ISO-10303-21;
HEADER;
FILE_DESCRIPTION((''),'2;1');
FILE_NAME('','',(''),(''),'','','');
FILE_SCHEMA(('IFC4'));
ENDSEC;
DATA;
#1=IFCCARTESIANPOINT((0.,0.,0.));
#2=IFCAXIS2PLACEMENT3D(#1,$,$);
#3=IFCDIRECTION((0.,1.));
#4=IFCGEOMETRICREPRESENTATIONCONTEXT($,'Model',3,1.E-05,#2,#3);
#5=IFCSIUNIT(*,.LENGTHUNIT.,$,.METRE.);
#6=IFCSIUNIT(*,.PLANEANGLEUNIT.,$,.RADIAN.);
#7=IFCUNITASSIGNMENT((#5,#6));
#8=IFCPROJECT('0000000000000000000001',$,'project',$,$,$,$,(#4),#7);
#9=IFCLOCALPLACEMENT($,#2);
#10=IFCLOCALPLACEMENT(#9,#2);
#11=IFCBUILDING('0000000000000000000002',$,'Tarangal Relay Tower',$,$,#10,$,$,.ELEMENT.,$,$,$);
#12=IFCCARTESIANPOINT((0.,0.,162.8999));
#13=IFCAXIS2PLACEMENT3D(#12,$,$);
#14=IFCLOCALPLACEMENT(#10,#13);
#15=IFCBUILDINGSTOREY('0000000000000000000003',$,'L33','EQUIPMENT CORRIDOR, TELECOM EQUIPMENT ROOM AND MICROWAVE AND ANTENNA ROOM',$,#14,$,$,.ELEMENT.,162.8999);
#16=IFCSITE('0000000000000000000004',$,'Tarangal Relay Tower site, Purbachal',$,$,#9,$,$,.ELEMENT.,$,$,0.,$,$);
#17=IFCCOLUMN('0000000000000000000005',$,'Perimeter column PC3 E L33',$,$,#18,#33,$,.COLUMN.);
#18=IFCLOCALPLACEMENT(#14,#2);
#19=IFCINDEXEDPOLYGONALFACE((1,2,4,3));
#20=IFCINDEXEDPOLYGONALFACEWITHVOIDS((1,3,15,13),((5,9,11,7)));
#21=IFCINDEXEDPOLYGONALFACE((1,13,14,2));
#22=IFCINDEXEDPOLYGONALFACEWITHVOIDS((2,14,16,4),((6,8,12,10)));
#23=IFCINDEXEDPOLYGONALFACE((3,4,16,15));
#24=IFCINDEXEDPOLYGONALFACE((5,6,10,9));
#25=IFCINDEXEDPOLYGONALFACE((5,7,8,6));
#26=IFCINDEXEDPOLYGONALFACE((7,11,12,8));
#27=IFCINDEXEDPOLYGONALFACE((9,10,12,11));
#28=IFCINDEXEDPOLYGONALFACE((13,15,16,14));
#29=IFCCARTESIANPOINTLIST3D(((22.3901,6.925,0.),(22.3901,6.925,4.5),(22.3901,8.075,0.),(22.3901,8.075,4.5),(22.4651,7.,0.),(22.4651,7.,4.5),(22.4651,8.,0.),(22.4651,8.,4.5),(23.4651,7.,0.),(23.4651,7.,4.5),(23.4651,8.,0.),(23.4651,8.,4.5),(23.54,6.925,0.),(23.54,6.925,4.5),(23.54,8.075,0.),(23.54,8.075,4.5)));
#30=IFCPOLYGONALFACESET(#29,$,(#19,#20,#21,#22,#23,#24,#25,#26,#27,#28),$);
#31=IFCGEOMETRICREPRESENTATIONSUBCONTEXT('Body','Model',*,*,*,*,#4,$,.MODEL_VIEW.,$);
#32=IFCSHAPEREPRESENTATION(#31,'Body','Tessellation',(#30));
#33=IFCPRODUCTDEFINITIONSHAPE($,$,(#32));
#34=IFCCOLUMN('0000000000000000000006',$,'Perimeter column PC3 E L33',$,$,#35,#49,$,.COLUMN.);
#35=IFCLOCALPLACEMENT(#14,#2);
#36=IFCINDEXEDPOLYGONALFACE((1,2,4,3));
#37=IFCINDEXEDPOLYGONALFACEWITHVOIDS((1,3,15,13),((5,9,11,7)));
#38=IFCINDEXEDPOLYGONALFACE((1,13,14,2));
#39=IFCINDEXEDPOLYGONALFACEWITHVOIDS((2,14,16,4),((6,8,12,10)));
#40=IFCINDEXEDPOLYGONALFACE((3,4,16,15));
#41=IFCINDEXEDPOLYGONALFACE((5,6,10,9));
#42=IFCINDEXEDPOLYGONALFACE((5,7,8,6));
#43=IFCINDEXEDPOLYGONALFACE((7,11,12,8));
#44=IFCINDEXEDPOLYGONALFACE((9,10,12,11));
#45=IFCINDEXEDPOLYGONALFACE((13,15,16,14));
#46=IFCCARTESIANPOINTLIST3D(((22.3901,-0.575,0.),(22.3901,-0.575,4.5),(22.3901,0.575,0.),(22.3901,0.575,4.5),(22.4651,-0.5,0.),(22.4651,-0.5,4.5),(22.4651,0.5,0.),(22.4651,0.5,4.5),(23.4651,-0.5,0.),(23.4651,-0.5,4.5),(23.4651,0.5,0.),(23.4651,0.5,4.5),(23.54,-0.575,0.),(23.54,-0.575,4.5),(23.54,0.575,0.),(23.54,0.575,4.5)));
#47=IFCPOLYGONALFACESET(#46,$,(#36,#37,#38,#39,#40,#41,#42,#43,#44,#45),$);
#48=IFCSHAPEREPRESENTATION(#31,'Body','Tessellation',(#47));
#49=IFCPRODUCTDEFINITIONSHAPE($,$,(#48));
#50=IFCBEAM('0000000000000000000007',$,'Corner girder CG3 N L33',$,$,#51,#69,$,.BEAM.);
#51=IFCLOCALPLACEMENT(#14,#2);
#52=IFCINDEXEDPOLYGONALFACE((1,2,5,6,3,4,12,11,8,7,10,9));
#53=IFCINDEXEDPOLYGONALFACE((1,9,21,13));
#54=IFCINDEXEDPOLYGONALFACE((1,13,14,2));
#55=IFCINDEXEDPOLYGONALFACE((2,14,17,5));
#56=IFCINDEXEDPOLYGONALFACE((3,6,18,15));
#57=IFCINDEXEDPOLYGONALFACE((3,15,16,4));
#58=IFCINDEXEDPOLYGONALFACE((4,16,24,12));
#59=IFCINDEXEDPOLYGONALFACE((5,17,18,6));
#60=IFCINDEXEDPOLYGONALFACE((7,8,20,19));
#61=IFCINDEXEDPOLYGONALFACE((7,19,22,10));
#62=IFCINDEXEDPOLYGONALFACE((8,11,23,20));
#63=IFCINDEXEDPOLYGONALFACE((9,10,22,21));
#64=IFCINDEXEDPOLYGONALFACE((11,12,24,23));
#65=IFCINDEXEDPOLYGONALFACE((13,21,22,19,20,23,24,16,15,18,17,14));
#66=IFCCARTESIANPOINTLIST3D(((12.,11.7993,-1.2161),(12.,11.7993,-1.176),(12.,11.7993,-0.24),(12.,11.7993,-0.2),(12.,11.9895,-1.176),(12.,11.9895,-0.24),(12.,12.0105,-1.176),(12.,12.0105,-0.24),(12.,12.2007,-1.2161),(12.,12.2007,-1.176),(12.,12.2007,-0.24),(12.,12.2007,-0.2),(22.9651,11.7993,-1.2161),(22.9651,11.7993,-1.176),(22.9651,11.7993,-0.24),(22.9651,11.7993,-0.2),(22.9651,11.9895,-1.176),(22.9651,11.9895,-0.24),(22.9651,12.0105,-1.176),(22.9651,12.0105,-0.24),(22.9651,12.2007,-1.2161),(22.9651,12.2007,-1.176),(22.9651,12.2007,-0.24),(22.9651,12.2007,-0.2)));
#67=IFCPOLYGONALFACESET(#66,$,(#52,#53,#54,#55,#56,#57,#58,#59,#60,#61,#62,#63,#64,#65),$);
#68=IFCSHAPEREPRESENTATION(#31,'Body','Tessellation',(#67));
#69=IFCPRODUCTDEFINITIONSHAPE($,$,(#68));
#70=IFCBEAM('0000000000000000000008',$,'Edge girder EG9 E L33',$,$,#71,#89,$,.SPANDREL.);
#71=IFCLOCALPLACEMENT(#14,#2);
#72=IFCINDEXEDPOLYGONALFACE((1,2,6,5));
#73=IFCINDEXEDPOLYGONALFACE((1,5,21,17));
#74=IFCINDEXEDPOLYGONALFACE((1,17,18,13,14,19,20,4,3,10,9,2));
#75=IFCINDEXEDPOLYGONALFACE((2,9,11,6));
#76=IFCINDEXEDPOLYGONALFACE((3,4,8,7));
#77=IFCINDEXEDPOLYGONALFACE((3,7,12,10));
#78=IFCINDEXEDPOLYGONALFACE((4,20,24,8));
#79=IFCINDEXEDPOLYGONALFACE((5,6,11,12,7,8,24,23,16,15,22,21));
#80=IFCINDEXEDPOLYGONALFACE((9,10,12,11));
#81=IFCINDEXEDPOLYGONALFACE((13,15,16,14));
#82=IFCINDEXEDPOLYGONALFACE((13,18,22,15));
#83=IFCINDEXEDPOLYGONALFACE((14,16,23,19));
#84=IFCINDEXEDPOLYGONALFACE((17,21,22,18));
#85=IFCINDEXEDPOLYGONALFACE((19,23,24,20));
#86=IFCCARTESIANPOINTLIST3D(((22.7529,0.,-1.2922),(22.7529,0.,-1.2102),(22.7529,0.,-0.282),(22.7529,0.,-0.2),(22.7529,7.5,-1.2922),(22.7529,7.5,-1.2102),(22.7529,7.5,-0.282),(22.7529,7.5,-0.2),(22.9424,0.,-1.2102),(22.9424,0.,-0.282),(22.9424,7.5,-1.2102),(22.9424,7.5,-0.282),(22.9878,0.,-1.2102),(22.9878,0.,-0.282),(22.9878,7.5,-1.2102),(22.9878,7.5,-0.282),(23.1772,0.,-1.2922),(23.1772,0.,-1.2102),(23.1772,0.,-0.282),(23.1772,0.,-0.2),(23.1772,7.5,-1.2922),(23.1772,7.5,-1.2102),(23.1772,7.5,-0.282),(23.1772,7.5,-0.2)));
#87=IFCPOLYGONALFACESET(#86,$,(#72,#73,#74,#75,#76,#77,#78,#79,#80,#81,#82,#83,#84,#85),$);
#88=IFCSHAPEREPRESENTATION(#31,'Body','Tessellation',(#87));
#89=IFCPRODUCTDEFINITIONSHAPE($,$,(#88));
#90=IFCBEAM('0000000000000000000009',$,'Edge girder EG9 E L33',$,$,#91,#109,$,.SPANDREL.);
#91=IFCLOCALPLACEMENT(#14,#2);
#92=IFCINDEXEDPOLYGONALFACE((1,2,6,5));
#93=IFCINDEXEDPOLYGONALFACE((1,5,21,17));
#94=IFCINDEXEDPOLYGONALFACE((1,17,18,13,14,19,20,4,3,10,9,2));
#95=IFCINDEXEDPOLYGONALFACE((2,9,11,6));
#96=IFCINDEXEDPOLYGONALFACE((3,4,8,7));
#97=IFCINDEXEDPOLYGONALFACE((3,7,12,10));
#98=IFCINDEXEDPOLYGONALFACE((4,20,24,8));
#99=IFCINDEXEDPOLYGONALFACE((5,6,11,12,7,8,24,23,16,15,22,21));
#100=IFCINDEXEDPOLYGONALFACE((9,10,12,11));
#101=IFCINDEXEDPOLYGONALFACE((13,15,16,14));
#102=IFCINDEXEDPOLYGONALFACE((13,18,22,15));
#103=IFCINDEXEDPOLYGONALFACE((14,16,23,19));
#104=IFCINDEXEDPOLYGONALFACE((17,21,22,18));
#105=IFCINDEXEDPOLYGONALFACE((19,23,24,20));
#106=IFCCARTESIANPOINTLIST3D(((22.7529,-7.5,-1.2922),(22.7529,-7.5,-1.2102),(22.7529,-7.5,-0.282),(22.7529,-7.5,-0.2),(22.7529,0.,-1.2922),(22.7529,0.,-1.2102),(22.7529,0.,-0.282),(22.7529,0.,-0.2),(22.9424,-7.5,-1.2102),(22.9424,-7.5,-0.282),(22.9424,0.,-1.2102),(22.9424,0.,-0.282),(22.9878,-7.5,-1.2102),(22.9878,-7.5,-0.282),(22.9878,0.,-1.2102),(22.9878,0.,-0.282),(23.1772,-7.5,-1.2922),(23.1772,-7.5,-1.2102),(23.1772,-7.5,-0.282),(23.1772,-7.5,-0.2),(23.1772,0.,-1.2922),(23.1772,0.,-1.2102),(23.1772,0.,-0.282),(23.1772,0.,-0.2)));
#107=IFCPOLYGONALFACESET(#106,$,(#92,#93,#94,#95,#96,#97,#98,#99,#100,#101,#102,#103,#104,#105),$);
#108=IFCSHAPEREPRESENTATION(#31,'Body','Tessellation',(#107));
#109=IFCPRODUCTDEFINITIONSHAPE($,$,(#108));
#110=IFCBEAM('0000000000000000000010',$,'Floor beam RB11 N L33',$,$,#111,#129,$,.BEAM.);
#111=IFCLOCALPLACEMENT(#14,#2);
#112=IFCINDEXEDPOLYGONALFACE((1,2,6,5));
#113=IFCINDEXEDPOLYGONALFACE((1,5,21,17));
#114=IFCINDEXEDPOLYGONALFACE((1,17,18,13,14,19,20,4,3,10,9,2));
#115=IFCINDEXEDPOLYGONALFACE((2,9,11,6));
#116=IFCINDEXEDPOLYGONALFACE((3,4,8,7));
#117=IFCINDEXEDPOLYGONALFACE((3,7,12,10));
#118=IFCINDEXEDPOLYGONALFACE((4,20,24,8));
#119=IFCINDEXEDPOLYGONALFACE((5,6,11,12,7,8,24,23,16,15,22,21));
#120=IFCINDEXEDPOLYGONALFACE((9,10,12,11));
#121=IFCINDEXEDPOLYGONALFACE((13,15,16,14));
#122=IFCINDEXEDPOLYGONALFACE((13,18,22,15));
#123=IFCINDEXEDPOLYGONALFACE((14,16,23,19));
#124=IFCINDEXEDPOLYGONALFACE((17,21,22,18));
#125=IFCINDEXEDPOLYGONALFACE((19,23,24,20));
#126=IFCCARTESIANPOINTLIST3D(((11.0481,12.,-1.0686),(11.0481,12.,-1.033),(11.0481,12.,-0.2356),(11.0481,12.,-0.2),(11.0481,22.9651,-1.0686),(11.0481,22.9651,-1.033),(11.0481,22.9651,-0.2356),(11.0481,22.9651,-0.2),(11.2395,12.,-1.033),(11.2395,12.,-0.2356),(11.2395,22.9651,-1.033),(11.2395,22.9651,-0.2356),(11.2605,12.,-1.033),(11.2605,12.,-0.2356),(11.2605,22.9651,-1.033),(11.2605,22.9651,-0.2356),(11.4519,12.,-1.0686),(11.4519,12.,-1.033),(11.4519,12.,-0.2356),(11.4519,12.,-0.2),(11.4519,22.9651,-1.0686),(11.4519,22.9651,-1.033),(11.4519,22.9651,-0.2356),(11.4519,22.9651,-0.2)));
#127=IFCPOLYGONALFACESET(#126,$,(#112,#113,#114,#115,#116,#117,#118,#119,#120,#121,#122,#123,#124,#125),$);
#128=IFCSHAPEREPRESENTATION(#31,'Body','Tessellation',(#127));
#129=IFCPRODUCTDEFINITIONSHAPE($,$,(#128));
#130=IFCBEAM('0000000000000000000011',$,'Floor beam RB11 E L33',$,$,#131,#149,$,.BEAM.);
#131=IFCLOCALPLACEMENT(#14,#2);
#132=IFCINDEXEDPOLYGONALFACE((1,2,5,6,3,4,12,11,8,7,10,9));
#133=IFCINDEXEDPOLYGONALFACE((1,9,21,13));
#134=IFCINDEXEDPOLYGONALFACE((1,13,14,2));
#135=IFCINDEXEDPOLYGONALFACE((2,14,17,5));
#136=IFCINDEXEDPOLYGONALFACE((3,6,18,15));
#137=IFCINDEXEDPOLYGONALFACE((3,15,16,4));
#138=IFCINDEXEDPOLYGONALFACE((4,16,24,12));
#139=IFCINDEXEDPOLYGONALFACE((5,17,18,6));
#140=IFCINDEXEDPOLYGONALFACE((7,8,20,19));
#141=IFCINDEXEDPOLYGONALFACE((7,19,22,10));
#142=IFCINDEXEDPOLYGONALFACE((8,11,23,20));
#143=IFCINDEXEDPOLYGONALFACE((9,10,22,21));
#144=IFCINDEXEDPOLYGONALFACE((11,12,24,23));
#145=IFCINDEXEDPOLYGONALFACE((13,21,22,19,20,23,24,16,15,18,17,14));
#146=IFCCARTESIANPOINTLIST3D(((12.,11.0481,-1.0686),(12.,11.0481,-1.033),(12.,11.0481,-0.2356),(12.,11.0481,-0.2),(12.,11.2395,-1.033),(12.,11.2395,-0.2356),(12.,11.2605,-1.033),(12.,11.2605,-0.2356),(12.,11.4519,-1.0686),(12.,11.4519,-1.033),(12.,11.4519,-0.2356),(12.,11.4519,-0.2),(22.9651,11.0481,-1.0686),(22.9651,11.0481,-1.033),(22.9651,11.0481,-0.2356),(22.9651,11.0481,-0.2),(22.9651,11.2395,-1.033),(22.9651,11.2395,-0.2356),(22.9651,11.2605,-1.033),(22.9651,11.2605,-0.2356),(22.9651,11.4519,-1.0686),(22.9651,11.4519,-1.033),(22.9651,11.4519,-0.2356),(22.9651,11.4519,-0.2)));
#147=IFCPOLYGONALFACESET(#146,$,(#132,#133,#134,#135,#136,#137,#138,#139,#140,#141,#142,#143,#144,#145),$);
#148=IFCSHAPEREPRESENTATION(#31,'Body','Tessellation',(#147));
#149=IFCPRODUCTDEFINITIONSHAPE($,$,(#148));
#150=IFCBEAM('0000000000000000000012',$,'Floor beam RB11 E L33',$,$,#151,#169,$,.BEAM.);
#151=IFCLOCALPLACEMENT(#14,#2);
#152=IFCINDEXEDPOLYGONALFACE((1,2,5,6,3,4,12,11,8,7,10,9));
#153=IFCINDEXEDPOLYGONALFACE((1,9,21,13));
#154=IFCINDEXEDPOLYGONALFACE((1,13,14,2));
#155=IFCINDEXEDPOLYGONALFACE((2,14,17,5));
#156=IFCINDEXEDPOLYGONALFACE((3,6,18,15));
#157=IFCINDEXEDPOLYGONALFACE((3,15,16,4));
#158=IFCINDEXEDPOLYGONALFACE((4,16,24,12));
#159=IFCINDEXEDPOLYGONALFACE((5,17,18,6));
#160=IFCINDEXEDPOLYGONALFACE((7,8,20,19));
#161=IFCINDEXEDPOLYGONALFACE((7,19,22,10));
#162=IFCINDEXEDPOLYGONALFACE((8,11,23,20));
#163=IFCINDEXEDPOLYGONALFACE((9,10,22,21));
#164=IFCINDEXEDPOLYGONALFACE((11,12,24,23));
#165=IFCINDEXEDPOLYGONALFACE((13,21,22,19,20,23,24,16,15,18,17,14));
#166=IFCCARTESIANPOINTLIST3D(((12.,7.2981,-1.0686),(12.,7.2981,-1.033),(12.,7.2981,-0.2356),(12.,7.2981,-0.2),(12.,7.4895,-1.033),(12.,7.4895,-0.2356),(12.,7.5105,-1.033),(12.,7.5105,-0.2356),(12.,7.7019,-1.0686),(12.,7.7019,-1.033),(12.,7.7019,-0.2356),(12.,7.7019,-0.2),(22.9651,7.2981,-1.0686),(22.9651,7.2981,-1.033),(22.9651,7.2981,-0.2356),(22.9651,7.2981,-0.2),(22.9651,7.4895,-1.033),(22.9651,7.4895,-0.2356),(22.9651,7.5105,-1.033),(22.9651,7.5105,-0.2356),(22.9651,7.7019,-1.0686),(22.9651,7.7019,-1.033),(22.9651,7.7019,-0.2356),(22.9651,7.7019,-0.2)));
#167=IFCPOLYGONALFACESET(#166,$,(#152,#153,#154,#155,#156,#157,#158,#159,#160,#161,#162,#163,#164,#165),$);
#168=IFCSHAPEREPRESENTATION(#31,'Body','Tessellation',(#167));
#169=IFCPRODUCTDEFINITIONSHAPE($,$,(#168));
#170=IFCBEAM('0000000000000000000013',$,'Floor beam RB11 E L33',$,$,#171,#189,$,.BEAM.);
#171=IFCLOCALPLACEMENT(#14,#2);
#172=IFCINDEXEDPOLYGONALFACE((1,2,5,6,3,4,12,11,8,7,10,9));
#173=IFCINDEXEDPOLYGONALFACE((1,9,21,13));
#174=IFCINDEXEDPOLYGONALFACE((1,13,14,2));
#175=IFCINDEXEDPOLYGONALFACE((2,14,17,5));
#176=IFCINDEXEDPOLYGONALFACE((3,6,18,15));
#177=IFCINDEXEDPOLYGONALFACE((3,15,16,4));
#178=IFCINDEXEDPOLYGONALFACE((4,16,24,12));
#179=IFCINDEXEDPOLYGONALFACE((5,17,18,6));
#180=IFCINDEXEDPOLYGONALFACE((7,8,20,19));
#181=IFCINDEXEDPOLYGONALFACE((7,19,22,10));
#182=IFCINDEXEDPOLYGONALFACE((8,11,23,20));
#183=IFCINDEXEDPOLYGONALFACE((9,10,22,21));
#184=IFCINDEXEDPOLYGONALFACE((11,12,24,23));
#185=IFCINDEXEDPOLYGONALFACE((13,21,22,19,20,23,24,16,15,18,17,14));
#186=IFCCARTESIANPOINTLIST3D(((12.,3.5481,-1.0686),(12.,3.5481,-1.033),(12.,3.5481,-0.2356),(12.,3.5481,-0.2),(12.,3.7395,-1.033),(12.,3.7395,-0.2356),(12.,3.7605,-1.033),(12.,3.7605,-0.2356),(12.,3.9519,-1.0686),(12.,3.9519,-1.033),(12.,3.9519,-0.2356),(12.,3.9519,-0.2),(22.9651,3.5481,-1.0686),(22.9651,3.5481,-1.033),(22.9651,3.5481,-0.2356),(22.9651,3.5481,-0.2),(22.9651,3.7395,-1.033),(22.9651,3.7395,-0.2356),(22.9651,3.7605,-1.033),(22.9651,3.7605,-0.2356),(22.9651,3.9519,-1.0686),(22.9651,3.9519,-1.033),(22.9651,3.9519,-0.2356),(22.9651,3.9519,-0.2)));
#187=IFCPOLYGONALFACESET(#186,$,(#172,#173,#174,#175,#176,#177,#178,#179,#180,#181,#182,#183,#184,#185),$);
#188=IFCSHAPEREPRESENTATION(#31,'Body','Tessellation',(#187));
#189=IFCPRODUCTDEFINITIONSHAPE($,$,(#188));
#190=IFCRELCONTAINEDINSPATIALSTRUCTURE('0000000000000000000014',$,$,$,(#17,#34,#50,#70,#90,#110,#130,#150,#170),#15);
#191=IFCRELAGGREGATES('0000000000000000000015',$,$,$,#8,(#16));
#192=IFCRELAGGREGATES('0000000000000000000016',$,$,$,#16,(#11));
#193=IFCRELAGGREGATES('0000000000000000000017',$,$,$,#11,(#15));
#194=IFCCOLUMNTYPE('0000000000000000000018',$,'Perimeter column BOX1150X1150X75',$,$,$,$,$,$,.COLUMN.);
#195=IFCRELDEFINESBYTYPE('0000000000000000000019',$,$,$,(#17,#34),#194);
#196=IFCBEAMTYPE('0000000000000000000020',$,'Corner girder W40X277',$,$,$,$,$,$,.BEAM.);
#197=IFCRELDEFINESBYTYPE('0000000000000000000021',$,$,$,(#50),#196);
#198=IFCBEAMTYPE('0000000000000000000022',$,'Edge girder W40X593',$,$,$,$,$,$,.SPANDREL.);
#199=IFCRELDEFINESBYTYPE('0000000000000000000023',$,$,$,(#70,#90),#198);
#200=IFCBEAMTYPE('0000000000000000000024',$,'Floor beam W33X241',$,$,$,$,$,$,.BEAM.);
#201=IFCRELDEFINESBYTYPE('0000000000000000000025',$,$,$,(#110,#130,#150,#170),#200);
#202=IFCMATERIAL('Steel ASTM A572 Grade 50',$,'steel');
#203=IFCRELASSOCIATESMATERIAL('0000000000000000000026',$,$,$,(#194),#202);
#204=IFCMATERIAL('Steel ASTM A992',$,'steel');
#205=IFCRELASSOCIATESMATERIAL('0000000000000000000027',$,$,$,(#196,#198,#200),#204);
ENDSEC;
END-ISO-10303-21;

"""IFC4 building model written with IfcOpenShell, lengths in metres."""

from ifc_helpers import new_model, si_unit, direction, frame, origin, origin_2d, place, context, subcontext, project, spatial, hollow_rectangle, i_section, extrude, material, material_profile, profile_set, type_object, element, save


model = new_model("IFC4")

# Units and contexts
model_context = context("Model", 3, precision=1e-05, world=origin(), true_north=direction((0.0, 1.0)))
body_context = subcontext(model_context, "Body", "Model", "MODEL_VIEW")
ifc_project = project(units=[si_unit("LENGTHUNIT", "METRE"), si_unit("PLANEANGLEUNIT", "RADIAN")], contexts=[model_context])

# Site, building, storey
site_placement = place(None, origin())
site = spatial("IfcSite", under=ifc_project, at=site_placement, Name="Tarangal Relay Tower site, Purbachal", CompositionType="ELEMENT", RefElevation=0.0)
building_placement = place(site_placement, origin())
building = spatial("IfcBuilding", under=site, at=building_placement, Name="Tarangal Relay Tower", CompositionType="ELEMENT")
storey_placement = place(building_placement, frame((0.0, 0.0, 162.8999)))
storey = spatial("IfcBuildingStorey", under=building, at=storey_placement, Name="L33", Description="EQUIPMENT CORRIDOR, TELECOM EQUIPMENT ROOM AND MICROWAVE AND ANTENNA ROOM", CompositionType="ELEMENT", Elevation=162.8999)

# Columns
ifc_material_1 = material(Name="Steel ASTM A572 Grade 50", Category="steel")
ifc_material_profile_1 = material_profile(ifc_material_1, hollow_rectangle(XDim=1.1499, YDim=1.1499, WallThickness=0.075, at=origin_2d()), Name="BOX1150X1150X75")
ifc_profile_set_1 = profile_set([ifc_material_profile_1], Name="Steel ASTM A572 Grade 50")
column_type = type_object("IfcColumnType", Name="Perimeter column BOX1150X1150X75", PredefinedType="COLUMN", material=ifc_profile_set_1)
for number, where, z_axis, x_axis, name in (
    (1, (22.9651, 7.5, 0.0), (0.0, 0.0, 1.0), (1.0, 0.0, 0.0), "Perimeter column PC3 E L33"),
    (2, (22.9651, 0.0, 0.0), (0.0, 0.0, 1.0), (1.0, 0.0, 0.0), "Perimeter column PC3 E L33"),
):
    element("IfcColumn", number, at=place(storey_placement, frame(where, z_axis=z_axis, x_axis=x_axis)), inside=storey, type_object=column_type, Name=name, PredefinedType="COLUMN", context=body_context, shape_type="SweptSolid", body=[
        extrude(hollow_rectangle(XDim=1.1499, YDim=1.1499, WallThickness=0.075, at=origin_2d()), origin(), (0.0, 0.0, 1.0), 4.5),
    ])

# Beams
ifc_material_2 = material(Name="Steel ASTM A992", Category="steel")
ifc_material_profile_2 = material_profile(ifc_material_2, i_section(OverallWidth=0.4014, OverallDepth=1.0161, WebThickness=0.021, FlangeThickness=0.04, at=origin_2d()), Name="W40X277")
ifc_profile_set_2 = profile_set([ifc_material_profile_2], Name="Steel ASTM A992")
beam_type_1 = type_object("IfcBeamType", Name="Corner girder W40X277", PredefinedType="BEAM", material=ifc_profile_set_2)
beam_placement = place(storey_placement, frame((12.0, 12.0, -0.708), z_axis=(1.0, 0.0, 0.0), x_axis=(0.0, 1.0, 0.0)))
element("IfcBeam", 3, at=beam_placement, inside=storey, type_object=beam_type_1, Name="Corner girder CG3 N L33", PredefinedType="BEAM", context=body_context, shape_type="SweptSolid", body=[
    extrude(i_section(OverallWidth=0.4014, OverallDepth=1.0161, WebThickness=0.021, FlangeThickness=0.04, at=origin_2d()), origin(), (0.0, 0.0, 1.0), 10.9651),
])
ifc_material_profile_3 = material_profile(ifc_material_2, i_section(OverallWidth=0.4243, OverallDepth=1.0923, WebThickness=0.0454, FlangeThickness=0.082, at=origin_2d()), Name="W40X593")
ifc_profile_set_3 = profile_set([ifc_material_profile_3], Name="Steel ASTM A992")
beam_type_2 = type_object("IfcBeamType", Name="Edge girder W40X593", PredefinedType="SPANDREL", material=ifc_profile_set_3)
for number, where, z_axis, x_axis, name in (
    (4, (22.9651, 7.5, -0.7461), (0.0, -1.0, 0.0), (1.0, 0.0, 0.0), "Edge girder EG9 E L33"),
    (5, (22.9651, 0.0, -0.7461), (0.0, -1.0, 0.0), (1.0, 0.0, 0.0), "Edge girder EG9 E L33"),
):
    element("IfcBeam", number, at=place(storey_placement, frame(where, z_axis=z_axis, x_axis=x_axis)), inside=storey, type_object=beam_type_2, Name=name, PredefinedType="SPANDREL", context=body_context, shape_type="SweptSolid", body=[
        extrude(i_section(OverallWidth=0.4243, OverallDepth=1.0923, WebThickness=0.0454, FlangeThickness=0.082, at=origin_2d()), origin(), (0.0, 0.0, 1.0), 7.5),
    ])
ifc_material_profile_4 = material_profile(ifc_material_2, i_section(OverallWidth=0.4038, OverallDepth=0.8687, WebThickness=0.021, FlangeThickness=0.0356, at=origin_2d()), Name="W33X241")
ifc_profile_set_4 = profile_set([ifc_material_profile_4], Name="Steel ASTM A992")
beam_type_3 = type_object("IfcBeamType", Name="Floor beam W33X241", PredefinedType="BEAM", material=ifc_profile_set_4)
for number, where, z_axis, x_axis, name in (
    (6, (11.25, 12.0, -0.6343), (0.0, 1.0, 0.0), (-1.0, 0.0, 0.0), "Floor beam RB11 N L33"),
    (7, (12.0, 11.25, -0.6343), (1.0, 0.0, 0.0), (0.0, 1.0, 0.0), "Floor beam RB11 E L33"),
    (8, (12.0, 7.5, -0.6343), (1.0, 0.0, 0.0), (0.0, 1.0, 0.0), "Floor beam RB11 E L33"),
    (9, (12.0, 3.75, -0.6343), (1.0, 0.0, 0.0), (0.0, 1.0, 0.0), "Floor beam RB11 E L33"),
):
    element("IfcBeam", number, at=place(storey_placement, frame(where, z_axis=z_axis, x_axis=x_axis)), inside=storey, type_object=beam_type_3, Name=name, PredefinedType="BEAM", context=body_context, shape_type="SweptSolid", body=[
        extrude(i_section(OverallWidth=0.4038, OverallDepth=0.8687, WebThickness=0.021, FlangeThickness=0.0356, at=origin_2d()), origin(), (0.0, 0.0, 1.0), 10.9651),
    ])

save(model, "model.ifc")
